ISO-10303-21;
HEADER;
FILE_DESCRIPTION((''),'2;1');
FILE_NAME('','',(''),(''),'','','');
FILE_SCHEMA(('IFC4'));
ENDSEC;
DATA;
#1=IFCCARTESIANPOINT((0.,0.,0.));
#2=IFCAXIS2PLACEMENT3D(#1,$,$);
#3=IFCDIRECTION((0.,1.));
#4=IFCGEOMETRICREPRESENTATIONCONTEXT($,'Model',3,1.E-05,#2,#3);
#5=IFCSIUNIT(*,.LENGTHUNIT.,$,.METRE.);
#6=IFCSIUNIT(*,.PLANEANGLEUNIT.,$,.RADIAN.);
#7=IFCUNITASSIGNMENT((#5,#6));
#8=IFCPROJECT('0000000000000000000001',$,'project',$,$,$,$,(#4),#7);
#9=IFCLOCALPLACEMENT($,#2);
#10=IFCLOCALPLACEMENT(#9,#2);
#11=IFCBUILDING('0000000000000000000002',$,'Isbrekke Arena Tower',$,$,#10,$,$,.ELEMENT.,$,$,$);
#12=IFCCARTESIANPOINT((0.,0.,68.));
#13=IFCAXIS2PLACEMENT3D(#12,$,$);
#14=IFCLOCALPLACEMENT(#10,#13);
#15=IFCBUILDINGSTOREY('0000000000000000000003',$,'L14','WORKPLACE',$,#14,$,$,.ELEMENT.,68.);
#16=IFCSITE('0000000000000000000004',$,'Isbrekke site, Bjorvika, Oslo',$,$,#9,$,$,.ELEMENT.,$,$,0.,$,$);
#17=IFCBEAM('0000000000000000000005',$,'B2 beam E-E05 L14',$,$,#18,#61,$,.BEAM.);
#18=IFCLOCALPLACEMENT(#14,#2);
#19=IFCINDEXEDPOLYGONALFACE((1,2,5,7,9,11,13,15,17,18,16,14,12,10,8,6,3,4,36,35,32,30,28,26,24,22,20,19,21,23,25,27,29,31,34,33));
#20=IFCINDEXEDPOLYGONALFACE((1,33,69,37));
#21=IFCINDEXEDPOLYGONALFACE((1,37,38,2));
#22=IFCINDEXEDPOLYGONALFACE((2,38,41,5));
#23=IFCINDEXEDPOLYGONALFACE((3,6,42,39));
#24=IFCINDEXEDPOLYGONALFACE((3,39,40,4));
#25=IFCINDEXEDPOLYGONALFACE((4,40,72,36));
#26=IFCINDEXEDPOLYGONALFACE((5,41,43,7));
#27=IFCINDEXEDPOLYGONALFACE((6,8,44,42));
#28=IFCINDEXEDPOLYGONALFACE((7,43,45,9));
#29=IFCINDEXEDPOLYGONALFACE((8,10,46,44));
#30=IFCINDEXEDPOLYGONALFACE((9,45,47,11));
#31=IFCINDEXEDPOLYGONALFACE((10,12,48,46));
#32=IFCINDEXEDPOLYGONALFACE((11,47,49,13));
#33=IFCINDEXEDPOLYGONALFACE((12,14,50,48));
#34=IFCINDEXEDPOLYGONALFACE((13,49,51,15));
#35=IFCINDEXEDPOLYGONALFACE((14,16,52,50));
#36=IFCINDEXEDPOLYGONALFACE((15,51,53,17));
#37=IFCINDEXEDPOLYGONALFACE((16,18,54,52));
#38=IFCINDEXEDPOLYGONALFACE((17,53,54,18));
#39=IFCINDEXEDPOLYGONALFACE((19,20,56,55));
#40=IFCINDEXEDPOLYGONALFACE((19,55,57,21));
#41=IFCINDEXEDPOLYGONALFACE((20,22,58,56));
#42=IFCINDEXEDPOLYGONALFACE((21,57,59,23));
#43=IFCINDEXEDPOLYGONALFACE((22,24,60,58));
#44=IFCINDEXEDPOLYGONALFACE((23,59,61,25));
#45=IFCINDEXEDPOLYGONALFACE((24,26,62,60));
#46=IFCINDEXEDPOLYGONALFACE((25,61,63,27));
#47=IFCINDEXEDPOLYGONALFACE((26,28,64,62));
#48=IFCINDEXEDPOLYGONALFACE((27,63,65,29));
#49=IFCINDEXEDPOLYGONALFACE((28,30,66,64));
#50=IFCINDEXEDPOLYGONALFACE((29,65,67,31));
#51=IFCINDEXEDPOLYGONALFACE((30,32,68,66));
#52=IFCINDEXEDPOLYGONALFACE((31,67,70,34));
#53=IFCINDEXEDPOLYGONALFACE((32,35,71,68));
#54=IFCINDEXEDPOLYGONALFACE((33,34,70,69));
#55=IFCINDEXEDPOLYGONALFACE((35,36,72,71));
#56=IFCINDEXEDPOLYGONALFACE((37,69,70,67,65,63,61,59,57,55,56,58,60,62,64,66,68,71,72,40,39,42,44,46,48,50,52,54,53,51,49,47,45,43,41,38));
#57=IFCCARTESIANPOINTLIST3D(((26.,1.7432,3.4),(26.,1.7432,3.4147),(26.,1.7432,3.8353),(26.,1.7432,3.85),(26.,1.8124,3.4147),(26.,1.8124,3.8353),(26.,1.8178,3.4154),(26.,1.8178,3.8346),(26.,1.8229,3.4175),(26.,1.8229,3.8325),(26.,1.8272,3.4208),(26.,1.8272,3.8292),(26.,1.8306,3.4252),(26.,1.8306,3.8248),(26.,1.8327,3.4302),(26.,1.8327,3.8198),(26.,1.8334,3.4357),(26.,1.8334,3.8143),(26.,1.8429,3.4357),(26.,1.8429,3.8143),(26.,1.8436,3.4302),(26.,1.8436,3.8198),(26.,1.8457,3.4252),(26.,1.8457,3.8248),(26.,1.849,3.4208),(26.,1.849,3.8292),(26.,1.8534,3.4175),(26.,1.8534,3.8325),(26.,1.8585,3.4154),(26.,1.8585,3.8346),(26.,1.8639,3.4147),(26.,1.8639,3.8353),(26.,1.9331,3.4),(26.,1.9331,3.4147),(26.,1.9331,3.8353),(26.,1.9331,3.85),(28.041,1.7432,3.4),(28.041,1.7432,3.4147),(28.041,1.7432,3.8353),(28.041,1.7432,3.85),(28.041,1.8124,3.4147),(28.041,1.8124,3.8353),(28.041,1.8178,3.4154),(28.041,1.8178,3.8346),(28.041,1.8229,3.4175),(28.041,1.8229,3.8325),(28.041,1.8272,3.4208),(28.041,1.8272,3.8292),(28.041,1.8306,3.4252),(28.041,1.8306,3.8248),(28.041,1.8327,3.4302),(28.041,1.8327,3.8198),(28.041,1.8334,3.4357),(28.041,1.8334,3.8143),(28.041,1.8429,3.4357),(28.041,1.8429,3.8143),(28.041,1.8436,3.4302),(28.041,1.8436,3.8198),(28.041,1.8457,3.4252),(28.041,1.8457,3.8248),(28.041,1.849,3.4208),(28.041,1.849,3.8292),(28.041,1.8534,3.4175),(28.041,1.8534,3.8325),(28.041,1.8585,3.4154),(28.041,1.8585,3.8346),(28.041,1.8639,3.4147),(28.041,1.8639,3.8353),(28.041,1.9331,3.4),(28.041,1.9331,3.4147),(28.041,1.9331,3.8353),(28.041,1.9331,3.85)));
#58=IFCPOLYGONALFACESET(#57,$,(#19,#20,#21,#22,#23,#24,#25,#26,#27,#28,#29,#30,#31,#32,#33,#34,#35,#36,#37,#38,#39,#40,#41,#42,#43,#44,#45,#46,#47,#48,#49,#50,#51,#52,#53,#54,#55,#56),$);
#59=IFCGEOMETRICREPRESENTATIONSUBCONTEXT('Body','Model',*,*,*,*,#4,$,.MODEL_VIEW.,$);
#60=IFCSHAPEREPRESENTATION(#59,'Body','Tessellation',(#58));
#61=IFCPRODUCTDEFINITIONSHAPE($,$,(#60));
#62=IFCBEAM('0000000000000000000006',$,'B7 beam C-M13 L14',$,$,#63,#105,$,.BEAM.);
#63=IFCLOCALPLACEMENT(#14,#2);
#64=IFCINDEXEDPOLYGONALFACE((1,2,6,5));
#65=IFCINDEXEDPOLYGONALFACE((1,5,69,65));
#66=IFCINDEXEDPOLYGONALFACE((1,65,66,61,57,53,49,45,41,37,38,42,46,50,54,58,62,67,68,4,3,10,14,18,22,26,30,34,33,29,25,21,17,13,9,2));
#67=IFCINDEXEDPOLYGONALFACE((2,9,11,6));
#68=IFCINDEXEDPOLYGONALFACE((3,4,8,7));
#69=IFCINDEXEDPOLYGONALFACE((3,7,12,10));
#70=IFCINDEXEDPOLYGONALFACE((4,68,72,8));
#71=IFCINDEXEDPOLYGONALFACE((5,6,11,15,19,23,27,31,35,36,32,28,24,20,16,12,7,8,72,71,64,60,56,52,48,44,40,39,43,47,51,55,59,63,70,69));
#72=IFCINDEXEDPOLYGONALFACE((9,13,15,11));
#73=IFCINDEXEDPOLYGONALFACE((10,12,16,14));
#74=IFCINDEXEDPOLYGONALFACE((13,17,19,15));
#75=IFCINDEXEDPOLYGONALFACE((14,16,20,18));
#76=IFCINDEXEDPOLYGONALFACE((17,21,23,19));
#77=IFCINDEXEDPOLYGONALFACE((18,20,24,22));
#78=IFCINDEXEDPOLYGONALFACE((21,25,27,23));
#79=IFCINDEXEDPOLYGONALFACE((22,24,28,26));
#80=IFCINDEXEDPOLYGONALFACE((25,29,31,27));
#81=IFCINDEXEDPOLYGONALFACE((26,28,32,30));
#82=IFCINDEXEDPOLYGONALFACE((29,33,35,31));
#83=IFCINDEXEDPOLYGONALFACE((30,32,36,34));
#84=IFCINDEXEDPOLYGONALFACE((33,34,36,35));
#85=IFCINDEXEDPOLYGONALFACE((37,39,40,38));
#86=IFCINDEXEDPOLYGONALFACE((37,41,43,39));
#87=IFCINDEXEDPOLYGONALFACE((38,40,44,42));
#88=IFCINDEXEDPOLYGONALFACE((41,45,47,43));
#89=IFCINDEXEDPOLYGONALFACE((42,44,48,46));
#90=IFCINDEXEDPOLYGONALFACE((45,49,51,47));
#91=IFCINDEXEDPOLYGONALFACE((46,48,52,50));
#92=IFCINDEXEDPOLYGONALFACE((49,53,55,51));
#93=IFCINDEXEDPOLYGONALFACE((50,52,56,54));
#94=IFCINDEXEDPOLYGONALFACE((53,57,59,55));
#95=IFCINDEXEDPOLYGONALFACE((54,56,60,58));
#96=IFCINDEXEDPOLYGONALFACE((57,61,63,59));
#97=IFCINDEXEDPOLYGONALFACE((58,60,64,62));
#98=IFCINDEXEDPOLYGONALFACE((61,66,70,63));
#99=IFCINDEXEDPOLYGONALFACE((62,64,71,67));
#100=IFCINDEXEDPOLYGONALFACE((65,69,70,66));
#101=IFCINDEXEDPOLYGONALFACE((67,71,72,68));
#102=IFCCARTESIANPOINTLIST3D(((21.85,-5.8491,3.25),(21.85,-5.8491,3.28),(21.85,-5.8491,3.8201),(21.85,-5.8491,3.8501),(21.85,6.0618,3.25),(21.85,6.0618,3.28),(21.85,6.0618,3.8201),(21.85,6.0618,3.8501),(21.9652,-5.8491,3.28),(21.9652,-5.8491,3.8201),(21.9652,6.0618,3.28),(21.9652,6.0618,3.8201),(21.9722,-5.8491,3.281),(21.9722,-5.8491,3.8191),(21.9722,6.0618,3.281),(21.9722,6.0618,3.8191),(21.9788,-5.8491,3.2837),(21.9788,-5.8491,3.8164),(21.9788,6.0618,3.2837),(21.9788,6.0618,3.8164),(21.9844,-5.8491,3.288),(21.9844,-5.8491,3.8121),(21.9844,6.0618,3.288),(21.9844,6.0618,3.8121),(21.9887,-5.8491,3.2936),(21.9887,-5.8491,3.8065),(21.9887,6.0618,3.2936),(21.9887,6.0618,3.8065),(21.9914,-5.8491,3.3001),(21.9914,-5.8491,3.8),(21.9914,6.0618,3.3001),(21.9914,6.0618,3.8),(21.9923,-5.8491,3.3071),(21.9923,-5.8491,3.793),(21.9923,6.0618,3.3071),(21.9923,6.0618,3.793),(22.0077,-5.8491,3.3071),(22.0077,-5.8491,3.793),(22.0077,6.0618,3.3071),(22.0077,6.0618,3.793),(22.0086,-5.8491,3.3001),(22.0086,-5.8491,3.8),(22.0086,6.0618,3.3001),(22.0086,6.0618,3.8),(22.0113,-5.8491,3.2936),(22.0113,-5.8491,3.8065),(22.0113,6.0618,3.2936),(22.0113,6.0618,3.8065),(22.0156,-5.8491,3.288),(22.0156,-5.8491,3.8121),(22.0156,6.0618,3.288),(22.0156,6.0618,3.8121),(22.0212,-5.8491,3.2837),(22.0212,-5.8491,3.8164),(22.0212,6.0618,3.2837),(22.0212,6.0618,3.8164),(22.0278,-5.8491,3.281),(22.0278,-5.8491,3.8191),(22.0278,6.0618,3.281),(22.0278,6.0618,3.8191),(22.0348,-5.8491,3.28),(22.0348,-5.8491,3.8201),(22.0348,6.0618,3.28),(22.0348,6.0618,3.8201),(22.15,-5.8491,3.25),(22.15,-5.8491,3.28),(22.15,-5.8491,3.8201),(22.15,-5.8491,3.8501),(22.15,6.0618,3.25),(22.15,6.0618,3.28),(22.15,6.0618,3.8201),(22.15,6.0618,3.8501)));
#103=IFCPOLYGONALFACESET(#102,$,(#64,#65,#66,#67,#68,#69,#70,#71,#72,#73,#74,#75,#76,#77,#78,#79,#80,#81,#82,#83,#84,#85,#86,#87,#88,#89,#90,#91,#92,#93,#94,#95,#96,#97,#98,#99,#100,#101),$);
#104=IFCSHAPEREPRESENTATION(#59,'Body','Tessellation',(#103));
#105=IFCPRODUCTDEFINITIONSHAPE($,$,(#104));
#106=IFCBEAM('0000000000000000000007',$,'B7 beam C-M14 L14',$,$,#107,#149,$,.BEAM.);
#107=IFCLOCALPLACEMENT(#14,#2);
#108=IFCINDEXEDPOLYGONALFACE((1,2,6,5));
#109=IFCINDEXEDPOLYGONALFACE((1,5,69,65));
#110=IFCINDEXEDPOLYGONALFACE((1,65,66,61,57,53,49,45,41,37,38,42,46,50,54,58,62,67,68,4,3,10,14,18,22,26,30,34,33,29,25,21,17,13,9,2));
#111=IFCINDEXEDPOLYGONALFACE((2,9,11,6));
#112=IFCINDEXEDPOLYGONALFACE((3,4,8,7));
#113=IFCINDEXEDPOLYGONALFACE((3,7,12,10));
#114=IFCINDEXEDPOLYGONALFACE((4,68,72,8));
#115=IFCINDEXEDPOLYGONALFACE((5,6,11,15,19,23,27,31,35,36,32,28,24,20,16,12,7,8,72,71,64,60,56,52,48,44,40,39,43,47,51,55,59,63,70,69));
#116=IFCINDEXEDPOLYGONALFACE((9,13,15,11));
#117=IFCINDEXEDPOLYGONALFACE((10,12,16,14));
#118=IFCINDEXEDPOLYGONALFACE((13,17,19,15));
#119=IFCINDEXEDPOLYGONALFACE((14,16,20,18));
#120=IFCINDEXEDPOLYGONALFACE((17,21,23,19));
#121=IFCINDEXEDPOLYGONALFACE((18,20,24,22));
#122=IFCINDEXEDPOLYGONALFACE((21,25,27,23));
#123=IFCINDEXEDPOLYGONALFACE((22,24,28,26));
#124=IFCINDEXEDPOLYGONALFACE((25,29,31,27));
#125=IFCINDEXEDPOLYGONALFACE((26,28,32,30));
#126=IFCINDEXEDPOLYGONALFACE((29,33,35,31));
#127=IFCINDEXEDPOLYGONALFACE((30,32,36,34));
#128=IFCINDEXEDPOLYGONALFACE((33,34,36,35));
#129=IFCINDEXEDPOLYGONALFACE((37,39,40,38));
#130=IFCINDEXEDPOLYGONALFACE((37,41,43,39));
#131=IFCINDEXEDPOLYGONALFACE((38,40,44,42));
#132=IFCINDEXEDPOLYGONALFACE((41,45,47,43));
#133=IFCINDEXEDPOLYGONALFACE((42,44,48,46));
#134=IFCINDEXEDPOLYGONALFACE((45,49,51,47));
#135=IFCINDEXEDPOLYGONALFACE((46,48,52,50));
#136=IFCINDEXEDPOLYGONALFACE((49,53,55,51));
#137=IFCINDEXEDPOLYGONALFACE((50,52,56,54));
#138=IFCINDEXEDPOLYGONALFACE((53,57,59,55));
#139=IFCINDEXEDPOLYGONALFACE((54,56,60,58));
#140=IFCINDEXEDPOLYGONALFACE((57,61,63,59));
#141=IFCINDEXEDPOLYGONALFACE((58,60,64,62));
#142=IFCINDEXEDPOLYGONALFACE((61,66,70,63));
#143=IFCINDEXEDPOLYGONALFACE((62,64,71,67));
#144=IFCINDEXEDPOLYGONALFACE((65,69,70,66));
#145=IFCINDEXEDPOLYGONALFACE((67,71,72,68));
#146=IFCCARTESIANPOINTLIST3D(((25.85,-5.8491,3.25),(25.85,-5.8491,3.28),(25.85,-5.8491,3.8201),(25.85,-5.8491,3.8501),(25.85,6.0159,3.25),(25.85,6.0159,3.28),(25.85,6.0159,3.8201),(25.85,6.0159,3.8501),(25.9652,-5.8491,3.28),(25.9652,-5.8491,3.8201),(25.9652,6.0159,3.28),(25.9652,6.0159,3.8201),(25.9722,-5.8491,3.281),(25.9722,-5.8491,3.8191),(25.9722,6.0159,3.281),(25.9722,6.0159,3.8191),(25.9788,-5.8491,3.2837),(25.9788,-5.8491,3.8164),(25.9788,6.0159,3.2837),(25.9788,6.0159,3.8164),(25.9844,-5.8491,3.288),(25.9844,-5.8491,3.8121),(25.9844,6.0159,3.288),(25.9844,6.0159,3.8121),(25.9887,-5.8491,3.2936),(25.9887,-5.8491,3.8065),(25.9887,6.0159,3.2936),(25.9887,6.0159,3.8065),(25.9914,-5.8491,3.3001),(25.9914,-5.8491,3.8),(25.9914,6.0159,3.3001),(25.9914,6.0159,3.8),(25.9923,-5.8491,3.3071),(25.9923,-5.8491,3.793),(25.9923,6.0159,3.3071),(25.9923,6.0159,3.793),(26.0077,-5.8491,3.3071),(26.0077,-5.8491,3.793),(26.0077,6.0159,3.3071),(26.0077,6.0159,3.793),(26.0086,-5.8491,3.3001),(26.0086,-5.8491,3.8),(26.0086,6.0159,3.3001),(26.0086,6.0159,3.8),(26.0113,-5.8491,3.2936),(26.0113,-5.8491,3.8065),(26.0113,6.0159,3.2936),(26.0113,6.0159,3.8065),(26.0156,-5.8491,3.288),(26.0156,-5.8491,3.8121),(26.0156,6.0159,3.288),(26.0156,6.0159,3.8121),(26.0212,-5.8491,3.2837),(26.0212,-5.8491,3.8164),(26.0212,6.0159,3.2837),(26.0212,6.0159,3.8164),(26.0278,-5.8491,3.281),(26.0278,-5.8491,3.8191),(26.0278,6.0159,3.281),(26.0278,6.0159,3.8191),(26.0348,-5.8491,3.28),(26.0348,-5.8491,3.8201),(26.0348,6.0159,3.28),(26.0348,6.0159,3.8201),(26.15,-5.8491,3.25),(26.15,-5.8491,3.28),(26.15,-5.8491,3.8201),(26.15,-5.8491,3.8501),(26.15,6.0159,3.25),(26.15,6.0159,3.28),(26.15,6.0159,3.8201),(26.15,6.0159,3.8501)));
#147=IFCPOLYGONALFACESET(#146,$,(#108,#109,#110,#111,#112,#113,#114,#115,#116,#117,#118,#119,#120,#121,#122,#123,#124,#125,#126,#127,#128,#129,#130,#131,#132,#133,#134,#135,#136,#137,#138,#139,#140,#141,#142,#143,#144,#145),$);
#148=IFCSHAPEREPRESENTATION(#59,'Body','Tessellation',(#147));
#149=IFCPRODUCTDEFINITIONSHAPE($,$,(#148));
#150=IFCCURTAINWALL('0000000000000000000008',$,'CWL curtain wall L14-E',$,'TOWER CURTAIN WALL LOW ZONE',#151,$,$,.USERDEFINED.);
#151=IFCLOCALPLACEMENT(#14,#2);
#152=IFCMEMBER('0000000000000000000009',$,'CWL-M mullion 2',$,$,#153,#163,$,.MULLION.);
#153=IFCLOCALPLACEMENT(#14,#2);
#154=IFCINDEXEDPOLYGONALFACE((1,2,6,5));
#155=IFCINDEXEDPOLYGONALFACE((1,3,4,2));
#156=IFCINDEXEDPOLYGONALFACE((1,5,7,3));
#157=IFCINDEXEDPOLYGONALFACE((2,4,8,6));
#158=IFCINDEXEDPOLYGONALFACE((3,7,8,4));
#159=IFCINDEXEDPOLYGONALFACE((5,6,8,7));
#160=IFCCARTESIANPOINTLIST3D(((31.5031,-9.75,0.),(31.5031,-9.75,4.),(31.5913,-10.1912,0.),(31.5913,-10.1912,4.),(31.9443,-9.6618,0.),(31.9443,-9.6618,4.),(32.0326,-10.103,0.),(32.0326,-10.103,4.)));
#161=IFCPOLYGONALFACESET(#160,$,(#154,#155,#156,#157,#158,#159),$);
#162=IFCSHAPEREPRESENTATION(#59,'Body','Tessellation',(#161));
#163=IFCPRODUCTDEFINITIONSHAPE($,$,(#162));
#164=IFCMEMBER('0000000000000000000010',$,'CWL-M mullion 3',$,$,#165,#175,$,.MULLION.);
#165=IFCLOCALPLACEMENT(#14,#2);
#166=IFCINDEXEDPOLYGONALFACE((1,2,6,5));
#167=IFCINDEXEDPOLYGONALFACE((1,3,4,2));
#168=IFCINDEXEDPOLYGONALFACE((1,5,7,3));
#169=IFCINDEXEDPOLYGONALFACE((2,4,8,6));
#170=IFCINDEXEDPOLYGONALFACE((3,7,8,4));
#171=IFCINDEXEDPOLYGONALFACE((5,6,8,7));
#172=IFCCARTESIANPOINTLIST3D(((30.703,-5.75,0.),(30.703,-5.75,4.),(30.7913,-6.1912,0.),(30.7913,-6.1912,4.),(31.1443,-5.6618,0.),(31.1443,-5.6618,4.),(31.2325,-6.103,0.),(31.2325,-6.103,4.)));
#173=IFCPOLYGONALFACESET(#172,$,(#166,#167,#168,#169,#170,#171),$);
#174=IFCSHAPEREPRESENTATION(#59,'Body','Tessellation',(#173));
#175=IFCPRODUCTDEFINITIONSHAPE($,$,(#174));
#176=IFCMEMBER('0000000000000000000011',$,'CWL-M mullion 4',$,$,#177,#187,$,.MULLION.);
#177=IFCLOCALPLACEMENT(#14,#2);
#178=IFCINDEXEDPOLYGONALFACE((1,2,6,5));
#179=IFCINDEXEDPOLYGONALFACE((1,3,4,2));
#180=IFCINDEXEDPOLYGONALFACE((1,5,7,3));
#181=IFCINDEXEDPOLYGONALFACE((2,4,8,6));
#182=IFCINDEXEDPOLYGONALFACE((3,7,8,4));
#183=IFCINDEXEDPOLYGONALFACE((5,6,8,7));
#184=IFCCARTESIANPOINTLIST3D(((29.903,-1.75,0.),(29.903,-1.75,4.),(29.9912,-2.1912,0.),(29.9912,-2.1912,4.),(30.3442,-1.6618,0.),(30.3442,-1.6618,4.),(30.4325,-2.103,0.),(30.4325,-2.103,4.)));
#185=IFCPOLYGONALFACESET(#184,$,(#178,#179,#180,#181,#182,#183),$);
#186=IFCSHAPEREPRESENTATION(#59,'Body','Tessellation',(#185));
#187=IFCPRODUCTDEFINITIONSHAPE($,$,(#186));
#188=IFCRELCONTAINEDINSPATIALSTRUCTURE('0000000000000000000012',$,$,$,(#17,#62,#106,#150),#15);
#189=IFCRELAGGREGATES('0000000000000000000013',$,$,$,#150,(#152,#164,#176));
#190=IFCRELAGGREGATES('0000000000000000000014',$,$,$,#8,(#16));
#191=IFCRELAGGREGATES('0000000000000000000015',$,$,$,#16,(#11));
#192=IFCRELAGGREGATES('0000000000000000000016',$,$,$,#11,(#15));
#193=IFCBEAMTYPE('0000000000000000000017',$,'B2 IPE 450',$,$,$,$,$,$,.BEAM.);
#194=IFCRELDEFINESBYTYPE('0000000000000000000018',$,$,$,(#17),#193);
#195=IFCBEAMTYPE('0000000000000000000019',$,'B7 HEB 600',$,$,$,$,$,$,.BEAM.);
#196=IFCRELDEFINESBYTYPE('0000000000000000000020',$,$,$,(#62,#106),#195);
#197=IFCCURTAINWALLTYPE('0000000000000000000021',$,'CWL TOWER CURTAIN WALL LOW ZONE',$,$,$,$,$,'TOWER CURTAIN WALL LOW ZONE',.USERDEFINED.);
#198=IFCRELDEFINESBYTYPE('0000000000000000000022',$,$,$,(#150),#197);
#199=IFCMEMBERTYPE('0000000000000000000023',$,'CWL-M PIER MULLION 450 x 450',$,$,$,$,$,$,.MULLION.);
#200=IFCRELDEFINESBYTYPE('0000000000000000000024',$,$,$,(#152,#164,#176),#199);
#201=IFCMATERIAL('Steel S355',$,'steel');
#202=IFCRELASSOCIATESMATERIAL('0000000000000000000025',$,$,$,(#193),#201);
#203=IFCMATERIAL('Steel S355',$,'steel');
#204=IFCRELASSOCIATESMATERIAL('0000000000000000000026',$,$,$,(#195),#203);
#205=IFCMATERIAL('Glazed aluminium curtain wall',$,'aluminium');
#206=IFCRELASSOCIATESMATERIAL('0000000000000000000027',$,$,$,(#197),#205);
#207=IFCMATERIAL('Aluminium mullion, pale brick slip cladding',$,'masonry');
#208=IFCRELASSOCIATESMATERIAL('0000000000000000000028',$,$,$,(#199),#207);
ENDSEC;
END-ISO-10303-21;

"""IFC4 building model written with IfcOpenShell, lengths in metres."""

from ifc_helpers import new_model, si_unit, direction, frame, origin, origin_2d, place, context, subcontext, project, spatial, rectangle, i_section, extrude, material, material_profile, profile_set, type_object, element, aggregate, save


model = new_model("IFC4")

# Units and contexts
model_context = context("Model", 3, precision=1e-05, world=origin(), true_north=direction((0.0, 1.0)))
body_context = subcontext(model_context, "Body", "Model", "MODEL_VIEW")
ifc_project = project(units=[si_unit("LENGTHUNIT", "METRE"), si_unit("PLANEANGLEUNIT", "RADIAN")], contexts=[model_context])

# Site, building, storey
site_placement = place(None, origin())
site = spatial("IfcSite", under=ifc_project, at=site_placement, Name="Isbrekke site, Bjorvika, Oslo", CompositionType="ELEMENT", RefElevation=0.0)
building_placement = place(site_placement, origin())
building = spatial("IfcBuilding", under=site, at=building_placement, Name="Isbrekke Arena Tower", CompositionType="ELEMENT")
storey_placement = place(building_placement, frame((0.0, 0.0, 68.0)))
storey = spatial("IfcBuildingStorey", under=building, at=storey_placement, Name="L14", Description="WORKPLACE", CompositionType="ELEMENT", Elevation=68.0)

# Beams
ifc_material_1 = material(Name="Steel S355", Category="steel")
ifc_material_profile_1 = material_profile(ifc_material_1, i_section(OverallWidth=0.1899, OverallDepth=0.45, WebThickness=0.0095, FlangeThickness=0.0146, FilletRadius=0.021, at=origin_2d()), Name="IPE 450")
ifc_profile_set_1 = profile_set([ifc_material_profile_1], Name="Steel S355")
beam_type_1 = type_object("IfcBeamType", Name="B2 IPE 450", PredefinedType="BEAM", material=ifc_profile_set_1)
beam_1_placement = place(storey_placement, frame((28.041, 1.8381, 3.625), z_axis=(-1.0, 0.0, 0.0), x_axis=(0.0, -1.0, 0.0)))
element("IfcBeam", 1, at=beam_1_placement, inside=storey, type_object=beam_type_1, Name="B2 beam E-E05 L14", PredefinedType="BEAM", context=body_context, shape_type="SweptSolid", body=[
    extrude(i_section(OverallWidth=0.1899, OverallDepth=0.45, WebThickness=0.0095, FlangeThickness=0.0146, FilletRadius=0.021, at=origin_2d()), origin(), (0.0, 0.0, 1.0), 2.041),
])
ifc_material_2 = material(Name="Steel S355", Category="steel")
ifc_material_profile_2 = material_profile(ifc_material_2, i_section(OverallWidth=0.3, OverallDepth=0.6001, WebThickness=0.0154, FlangeThickness=0.03, FilletRadius=0.0271, at=origin_2d()), Name="HEB 600")
ifc_profile_set_2 = profile_set([ifc_material_profile_2], Name="Steel S355")
beam_type_2 = type_object("IfcBeamType", Name="B7 HEB 600", PredefinedType="BEAM", material=ifc_profile_set_2)
beam_2_placement = place(storey_placement, frame((22.0, -5.8491, 3.55), z_axis=(0.0, 1.0, 0.0), x_axis=(-1.0, 0.0, 0.0)))
element("IfcBeam", 2, at=beam_2_placement, inside=storey, type_object=beam_type_2, Name="B7 beam C-M13 L14", PredefinedType="BEAM", context=body_context, shape_type="SweptSolid", body=[
    extrude(i_section(OverallWidth=0.3, OverallDepth=0.6001, WebThickness=0.0154, FlangeThickness=0.03, FilletRadius=0.0271, at=origin_2d()), origin(), (0.0, 0.0, 1.0), 11.9109),
])
beam_3_placement = place(storey_placement, frame((26.0, -5.8491, 3.55), z_axis=(0.0, 1.0, 0.0), x_axis=(-1.0, 0.0, 0.0)))
element("IfcBeam", 3, at=beam_3_placement, inside=storey, type_object=beam_type_2, Name="B7 beam C-M14 L14", PredefinedType="BEAM", context=body_context, shape_type="SweptSolid", body=[
    extrude(i_section(OverallWidth=0.3, OverallDepth=0.6001, WebThickness=0.0154, FlangeThickness=0.03, FilletRadius=0.0271, at=origin_2d()), origin(), (0.0, 0.0, 1.0), 11.865),
])

# Curtain wall, members
ifc_material_3 = material(Name="Glazed aluminium curtain wall", Category="aluminium")
curtain_wall_type = type_object("IfcCurtainWallType", Name="CWL TOWER CURTAIN WALL LOW ZONE", ElementType="TOWER CURTAIN WALL LOW ZONE", PredefinedType="USERDEFINED", material=ifc_material_3)
curtain_wall_placement = place(storey_placement, origin())
curtain_wall = element("IfcCurtainWall", 4, at=curtain_wall_placement, inside=storey, type_object=curtain_wall_type, Name="CWL curtain wall L14-E", ObjectType="TOWER CURTAIN WALL LOW ZONE", PredefinedType="USERDEFINED")
ifc_material_4 = material(Name="Aluminium mullion, pale brick slip cladding", Category="masonry")
ifc_material_profile_3 = material_profile(ifc_material_4, rectangle(XDim=0.45, YDim=0.45, at=origin_2d()), Name="PIER 450X450")
ifc_profile_set_3 = profile_set([ifc_material_profile_3], Name="Aluminium mullion, pale brick slip cladding")
member_type_1 = type_object("IfcMemberType", Name="CWL-M PIER MULLION 450 x 450", PredefinedType="MULLION", material=ifc_profile_set_3)
member_1_placement = place(storey_placement, frame((31.7678, -9.9265, 0.0), z_axis=(0.0, 0.0, 1.0), x_axis=(-0.196116, 0.980581, 0.0)))
member_1 = element("IfcMember", 5, at=member_1_placement, type_object=member_type_1, Name="CWL-M mullion 2", PredefinedType="MULLION", context=body_context, shape_type="SweptSolid", body=[
    extrude(rectangle(XDim=0.45, YDim=0.45, at=origin_2d()), origin(), (0.0, 0.0, 1.0), 4.0),
])
member_2_placement = place(storey_placement, frame((30.9678, -5.9265, 0.0), z_axis=(0.0, 0.0, 1.0), x_axis=(-0.196116, 0.980581, 0.0)))
member_2 = element("IfcMember", 6, at=member_2_placement, type_object=member_type_1, Name="CWL-M mullion 3", PredefinedType="MULLION", context=body_context, shape_type="SweptSolid", body=[
    extrude(rectangle(XDim=0.45, YDim=0.45, at=origin_2d()), origin(), (0.0, 0.0, 1.0), 4.0),
])
member_3_placement = place(storey_placement, frame((30.1677, -1.9265, 0.0), z_axis=(0.0, 0.0, 1.0), x_axis=(-0.196116, 0.980581, 0.0)))
member_3 = element("IfcMember", 7, at=member_3_placement, type_object=member_type_1, Name="CWL-M mullion 4", PredefinedType="MULLION", context=body_context, shape_type="SweptSolid", body=[
    extrude(rectangle(XDim=0.45, YDim=0.45, at=origin_2d()), origin(), (0.0, 0.0, 1.0), 4.0),
])

aggregate(curtain_wall, [member_1, member_2, member_3])

save(model, "model.ifc")
